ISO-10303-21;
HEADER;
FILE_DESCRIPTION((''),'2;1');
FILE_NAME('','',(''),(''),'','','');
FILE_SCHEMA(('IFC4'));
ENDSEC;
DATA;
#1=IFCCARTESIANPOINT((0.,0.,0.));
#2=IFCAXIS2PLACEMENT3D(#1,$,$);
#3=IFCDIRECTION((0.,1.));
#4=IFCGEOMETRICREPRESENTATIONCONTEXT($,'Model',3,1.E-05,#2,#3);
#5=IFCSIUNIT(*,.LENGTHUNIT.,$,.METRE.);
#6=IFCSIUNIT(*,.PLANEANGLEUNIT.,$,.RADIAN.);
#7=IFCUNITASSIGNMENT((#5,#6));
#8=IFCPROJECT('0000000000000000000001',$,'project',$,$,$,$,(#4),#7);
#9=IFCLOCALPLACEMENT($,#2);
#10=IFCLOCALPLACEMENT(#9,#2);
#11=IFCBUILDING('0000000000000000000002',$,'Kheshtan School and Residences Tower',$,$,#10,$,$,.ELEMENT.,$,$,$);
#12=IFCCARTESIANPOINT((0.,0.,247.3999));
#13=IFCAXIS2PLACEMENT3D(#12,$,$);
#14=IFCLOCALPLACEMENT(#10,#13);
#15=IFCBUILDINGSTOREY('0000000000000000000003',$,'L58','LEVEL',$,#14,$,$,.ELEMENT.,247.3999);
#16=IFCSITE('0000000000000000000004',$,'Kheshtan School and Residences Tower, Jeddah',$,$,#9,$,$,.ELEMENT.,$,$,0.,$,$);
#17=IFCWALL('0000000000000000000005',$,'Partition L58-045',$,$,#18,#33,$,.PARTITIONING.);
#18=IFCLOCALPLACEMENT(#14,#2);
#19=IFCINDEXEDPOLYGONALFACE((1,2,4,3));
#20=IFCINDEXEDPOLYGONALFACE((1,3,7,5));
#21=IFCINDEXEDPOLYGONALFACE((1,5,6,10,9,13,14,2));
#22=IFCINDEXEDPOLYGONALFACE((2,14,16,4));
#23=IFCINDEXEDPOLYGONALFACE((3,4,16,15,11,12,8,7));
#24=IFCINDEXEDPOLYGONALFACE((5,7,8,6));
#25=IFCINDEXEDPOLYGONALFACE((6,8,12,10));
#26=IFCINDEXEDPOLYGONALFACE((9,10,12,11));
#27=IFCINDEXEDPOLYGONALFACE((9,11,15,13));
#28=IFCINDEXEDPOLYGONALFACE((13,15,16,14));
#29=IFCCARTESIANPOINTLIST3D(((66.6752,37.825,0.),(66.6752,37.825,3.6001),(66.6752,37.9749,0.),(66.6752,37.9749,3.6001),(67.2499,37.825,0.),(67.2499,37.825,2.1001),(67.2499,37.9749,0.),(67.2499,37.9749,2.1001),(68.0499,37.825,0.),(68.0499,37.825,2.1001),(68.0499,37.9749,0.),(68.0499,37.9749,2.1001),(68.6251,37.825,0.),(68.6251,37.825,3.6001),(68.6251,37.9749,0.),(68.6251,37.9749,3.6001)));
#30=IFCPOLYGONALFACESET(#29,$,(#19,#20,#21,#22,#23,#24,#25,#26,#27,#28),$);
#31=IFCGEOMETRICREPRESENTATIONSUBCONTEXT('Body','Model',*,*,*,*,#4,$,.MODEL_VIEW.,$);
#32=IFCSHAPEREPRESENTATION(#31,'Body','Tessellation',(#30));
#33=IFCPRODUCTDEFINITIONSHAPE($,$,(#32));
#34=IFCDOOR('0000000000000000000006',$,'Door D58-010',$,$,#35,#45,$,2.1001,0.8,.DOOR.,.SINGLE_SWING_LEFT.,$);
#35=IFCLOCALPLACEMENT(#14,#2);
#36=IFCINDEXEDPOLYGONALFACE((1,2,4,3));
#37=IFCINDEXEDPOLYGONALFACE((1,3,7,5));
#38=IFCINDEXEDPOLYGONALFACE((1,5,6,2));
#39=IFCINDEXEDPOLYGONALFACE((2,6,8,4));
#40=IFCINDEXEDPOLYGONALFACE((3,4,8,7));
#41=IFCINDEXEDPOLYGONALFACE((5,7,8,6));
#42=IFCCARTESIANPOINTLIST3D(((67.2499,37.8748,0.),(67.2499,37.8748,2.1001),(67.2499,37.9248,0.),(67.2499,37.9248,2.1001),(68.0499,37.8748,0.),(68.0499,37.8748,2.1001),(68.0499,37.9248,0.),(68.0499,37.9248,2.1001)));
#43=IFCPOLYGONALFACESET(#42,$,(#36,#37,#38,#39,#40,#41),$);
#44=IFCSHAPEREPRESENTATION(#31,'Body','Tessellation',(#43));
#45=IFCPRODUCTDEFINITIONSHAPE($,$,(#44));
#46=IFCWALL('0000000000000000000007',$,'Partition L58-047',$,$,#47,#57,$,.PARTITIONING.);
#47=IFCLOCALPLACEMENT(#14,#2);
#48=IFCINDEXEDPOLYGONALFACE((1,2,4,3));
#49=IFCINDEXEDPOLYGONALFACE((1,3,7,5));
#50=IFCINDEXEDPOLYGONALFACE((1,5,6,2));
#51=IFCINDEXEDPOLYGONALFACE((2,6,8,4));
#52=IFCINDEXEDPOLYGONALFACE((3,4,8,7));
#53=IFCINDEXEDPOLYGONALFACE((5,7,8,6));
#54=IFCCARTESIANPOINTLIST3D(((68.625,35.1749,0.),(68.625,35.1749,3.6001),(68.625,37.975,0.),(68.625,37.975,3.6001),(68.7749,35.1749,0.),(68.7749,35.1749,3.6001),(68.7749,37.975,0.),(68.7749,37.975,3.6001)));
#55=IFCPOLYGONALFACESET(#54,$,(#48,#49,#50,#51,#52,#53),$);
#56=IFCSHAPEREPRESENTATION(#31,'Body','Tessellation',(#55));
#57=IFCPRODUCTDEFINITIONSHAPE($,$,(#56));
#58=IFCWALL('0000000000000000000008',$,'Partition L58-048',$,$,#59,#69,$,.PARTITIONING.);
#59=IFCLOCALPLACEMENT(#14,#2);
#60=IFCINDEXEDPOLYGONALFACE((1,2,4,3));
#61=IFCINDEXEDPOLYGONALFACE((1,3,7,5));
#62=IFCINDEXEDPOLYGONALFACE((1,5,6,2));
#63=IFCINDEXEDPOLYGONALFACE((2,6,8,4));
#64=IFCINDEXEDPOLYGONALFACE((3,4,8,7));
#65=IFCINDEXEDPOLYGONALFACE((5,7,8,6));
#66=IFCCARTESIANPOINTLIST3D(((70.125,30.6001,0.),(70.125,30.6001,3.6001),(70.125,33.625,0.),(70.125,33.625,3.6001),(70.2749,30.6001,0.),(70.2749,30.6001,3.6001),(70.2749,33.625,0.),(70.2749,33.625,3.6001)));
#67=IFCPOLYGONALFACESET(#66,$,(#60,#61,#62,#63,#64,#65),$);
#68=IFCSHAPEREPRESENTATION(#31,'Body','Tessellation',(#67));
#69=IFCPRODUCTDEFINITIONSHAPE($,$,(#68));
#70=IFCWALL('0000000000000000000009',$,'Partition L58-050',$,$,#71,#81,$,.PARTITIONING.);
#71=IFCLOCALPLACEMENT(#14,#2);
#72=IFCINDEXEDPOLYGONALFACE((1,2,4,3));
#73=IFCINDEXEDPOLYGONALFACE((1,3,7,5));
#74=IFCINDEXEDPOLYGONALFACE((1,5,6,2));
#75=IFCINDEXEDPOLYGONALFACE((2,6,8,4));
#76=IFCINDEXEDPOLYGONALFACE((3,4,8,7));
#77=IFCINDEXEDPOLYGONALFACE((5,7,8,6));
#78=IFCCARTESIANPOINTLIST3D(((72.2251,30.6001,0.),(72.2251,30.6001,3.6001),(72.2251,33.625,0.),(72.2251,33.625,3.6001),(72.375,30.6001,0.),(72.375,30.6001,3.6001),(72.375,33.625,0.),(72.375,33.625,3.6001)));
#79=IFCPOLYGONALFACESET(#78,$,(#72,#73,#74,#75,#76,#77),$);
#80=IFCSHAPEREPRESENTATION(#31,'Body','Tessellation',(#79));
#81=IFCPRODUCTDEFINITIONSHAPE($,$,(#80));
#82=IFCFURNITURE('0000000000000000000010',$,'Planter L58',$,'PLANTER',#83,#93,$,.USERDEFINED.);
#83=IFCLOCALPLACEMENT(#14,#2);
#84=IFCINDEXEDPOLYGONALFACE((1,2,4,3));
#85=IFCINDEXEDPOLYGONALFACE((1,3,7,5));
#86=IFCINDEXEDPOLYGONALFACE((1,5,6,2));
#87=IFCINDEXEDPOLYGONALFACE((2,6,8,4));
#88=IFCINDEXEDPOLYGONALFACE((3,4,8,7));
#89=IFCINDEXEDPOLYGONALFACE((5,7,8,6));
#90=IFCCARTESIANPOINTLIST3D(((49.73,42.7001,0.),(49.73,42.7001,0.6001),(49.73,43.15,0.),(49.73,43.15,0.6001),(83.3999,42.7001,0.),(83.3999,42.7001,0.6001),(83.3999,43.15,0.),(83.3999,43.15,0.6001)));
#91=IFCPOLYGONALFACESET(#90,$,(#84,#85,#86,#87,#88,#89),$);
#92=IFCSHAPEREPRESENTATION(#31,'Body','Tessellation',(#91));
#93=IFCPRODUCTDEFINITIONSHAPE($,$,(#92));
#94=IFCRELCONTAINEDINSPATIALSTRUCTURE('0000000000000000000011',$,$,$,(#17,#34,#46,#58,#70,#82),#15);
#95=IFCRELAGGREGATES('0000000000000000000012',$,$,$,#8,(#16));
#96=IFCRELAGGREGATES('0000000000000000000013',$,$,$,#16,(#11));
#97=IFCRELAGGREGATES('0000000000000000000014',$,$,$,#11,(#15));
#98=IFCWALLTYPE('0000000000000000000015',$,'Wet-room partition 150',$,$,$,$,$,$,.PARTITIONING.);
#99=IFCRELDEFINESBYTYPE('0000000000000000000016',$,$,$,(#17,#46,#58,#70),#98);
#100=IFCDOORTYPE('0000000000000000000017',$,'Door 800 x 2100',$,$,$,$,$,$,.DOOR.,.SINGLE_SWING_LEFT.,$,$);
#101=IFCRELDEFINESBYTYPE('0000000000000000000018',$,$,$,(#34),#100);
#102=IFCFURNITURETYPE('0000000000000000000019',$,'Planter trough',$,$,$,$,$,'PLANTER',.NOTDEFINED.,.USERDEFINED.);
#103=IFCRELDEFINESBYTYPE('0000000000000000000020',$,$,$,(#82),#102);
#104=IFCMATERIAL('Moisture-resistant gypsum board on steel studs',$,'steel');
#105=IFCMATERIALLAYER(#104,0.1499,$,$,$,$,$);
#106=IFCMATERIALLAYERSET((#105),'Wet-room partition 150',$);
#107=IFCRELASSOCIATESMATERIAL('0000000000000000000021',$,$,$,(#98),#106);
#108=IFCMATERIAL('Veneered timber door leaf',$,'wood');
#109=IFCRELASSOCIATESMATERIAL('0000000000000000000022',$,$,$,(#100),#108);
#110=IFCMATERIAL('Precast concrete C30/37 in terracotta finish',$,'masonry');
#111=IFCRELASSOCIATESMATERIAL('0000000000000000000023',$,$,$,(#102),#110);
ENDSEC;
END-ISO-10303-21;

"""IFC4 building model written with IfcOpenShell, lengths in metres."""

from ifc_helpers import new_model, si_unit, direction, frame, frame_2d, origin, origin_2d, place, context, subcontext, project, spatial, rectangle, extrude, source, transform, mapped, material, layer, layer_set, type_object, element, fill, save


model = new_model("IFC4")

# Units and contexts
model_context = context("Model", 3, precision=1e-05, world=origin(), true_north=direction((0.0, 1.0)))
body_context = subcontext(model_context, "Body", "Model", "MODEL_VIEW")
ifc_project = project(units=[si_unit("LENGTHUNIT", "METRE"), si_unit("PLANEANGLEUNIT", "RADIAN")], contexts=[model_context])

# Site, building, storey
site_placement = place(None, origin())
site = spatial("IfcSite", under=ifc_project, at=site_placement, Name="Kheshtan School and Residences Tower, Jeddah", CompositionType="ELEMENT", RefElevation=0.0)
building_placement = place(site_placement, origin())
building = spatial("IfcBuilding", under=site, at=building_placement, Name="Kheshtan School and Residences Tower", CompositionType="ELEMENT")
storey_placement = place(building_placement, frame((0.0, 0.0, 247.3999)))
storey = spatial("IfcBuildingStorey", under=building, at=storey_placement, Name="L58", Description="LEVEL", CompositionType="ELEMENT", Elevation=247.3999)

# Shared definitions
ifc_material_1 = material(Name="Moisture-resistant gypsum board on steel studs", Category="steel")
ifc_layer_1 = layer(ifc_material_1, 0.1499)
ifc_layer_set_1 = layer_set([ifc_layer_1], Name="Wet-room partition 150")
wall_type_1 = type_object("IfcWallType", Name="Wet-room partition 150", PredefinedType="PARTITIONING", material=ifc_layer_set_1)
ifc_material_2 = material(Name="Veneered timber door leaf", Category="wood")
door_type_1 = type_object("IfcDoorType", Name="Door 800 x 2100", OperationType="SINGLE_SWING_LEFT", PredefinedType="DOOR", material=ifc_material_2)
shared_shape_1 = source(origin(), body_context, "Body", "SweptSolid", [
    extrude(rectangle(XDim=0.8, YDim=2.1001, at=frame_2d((0.3999, 1.05))), frame((0.0, 0.0249, 0.0), z_axis=(0.0, -1.0, 0.0), x_axis=(1.0, 0.0, 0.0)), (0.0, 0.0, 1.0), 0.05),
])

# Wall, opening, door
wall_1_placement = place(storey_placement, frame((66.675, 37.8999, 0.0), z_axis=(0.0, 0.0, 1.0), x_axis=(1.0, 0.0, 0.0)))
wall_1 = element("IfcWall", 1, at=wall_1_placement, inside=storey, type_object=wall_type_1, Name="Partition L58-045", PredefinedType="PARTITIONING", context=body_context, shape_type="SweptSolid", body=[
    extrude(rectangle(XDim=1.95, YDim=0.1499, at=frame_2d((0.9751, 0.0))), origin(), (0.0, 0.0, 1.0), 3.6001),
])
opening_1_placement = place(wall_1_placement, frame((0.575, 0.0, 0.0)))
opening_1 = element("IfcOpeningElement", 2, at=opening_1_placement, cuts=wall_1, PredefinedType="OPENING", context=body_context, shape_type="SweptSolid", body=[
    extrude(rectangle(XDim=0.8, YDim=2.1001, at=frame_2d((0.3999, 1.05))), frame((0.0, 0.085, 0.0), z_axis=(0.0, -1.0, 0.0), x_axis=(1.0, 0.0, 0.0)), (0.0, 0.0, 1.0), 0.1699),
])
door_1_placement = place(opening_1_placement, origin())
door_1 = element("IfcDoor", 3, at=door_1_placement, inside=storey, type_object=door_type_1, Name="Door D58-010", OperationType="SINGLE_SWING_LEFT", OverallHeight=2.1001, OverallWidth=0.8, PredefinedType="DOOR", context=body_context, shape_type="MappedRepresentation", body=[
    mapped(shared_shape_1, transform((0.0, 0.0, 0.0), x_axis=(1.0, 0.0, 0.0), y_axis=(0.0, 1.0, 0.0), z_axis=(0.0, 0.0, 1.0), scale=1.0)),
])
fill(opening_1, door_1)

# Walls
wall_2_placement = place(storey_placement, frame((68.7, 35.175, 0.0), z_axis=(0.0, 0.0, 1.0), x_axis=(0.0, 1.0, 0.0)))
element("IfcWall", 4, at=wall_2_placement, inside=storey, type_object=wall_type_1, Name="Partition L58-047", PredefinedType="PARTITIONING", context=body_context, shape_type="SweptSolid", body=[
    extrude(rectangle(XDim=2.8, YDim=0.1499, at=frame_2d((1.3999, 0.0))), origin(), (0.0, 0.0, 1.0), 3.6001),
])
for number, where, z_axis, x_axis, name in (
    (5, (70.2, 30.6001, 0.0), (0.0, 0.0, 1.0), (0.0, 1.0, 0.0), "Partition L58-048"),
    (6, (72.3, 30.6001, 0.0), (0.0, 0.0, 1.0), (0.0, 1.0, 0.0), "Partition L58-050"),
):
    element("IfcWall", number, at=place(storey_placement, frame(where, z_axis=z_axis, x_axis=x_axis)), inside=storey, type_object=wall_type_1, Name=name, PredefinedType="PARTITIONING", context=body_context, shape_type="SweptSolid", body=[
        extrude(rectangle(XDim=3.0249, YDim=0.1499, at=frame_2d((1.5125, 0.0))), origin(), (0.0, 0.0, 1.0), 3.6001),
    ])

# Furniture
ifc_material_3 = material(Name="Precast concrete C30/37 in terracotta finish", Category="masonry")
furniture_type = type_object("IfcFurnitureType", Name="Planter trough", ElementType="PLANTER", AssemblyPlace="NOTDEFINED", PredefinedType="USERDEFINED", material=ifc_material_3)
furniture_placement = place(storey_placement, frame((66.5649, 42.925, 0.0), z_axis=(0.0, 0.0, 1.0), x_axis=(1.0, 0.0, 0.0)))
element("IfcFurniture", 7, at=furniture_placement, inside=storey, type_object=furniture_type, Name="Planter L58", ObjectType="PLANTER", PredefinedType="USERDEFINED", context=body_context, shape_type="SweptSolid", body=[
    extrude(rectangle(XDim=33.6699, YDim=0.45, at=origin_2d()), origin(), (0.0, 0.0, 1.0), 0.6001),
])

save(model, "model.ifc")
